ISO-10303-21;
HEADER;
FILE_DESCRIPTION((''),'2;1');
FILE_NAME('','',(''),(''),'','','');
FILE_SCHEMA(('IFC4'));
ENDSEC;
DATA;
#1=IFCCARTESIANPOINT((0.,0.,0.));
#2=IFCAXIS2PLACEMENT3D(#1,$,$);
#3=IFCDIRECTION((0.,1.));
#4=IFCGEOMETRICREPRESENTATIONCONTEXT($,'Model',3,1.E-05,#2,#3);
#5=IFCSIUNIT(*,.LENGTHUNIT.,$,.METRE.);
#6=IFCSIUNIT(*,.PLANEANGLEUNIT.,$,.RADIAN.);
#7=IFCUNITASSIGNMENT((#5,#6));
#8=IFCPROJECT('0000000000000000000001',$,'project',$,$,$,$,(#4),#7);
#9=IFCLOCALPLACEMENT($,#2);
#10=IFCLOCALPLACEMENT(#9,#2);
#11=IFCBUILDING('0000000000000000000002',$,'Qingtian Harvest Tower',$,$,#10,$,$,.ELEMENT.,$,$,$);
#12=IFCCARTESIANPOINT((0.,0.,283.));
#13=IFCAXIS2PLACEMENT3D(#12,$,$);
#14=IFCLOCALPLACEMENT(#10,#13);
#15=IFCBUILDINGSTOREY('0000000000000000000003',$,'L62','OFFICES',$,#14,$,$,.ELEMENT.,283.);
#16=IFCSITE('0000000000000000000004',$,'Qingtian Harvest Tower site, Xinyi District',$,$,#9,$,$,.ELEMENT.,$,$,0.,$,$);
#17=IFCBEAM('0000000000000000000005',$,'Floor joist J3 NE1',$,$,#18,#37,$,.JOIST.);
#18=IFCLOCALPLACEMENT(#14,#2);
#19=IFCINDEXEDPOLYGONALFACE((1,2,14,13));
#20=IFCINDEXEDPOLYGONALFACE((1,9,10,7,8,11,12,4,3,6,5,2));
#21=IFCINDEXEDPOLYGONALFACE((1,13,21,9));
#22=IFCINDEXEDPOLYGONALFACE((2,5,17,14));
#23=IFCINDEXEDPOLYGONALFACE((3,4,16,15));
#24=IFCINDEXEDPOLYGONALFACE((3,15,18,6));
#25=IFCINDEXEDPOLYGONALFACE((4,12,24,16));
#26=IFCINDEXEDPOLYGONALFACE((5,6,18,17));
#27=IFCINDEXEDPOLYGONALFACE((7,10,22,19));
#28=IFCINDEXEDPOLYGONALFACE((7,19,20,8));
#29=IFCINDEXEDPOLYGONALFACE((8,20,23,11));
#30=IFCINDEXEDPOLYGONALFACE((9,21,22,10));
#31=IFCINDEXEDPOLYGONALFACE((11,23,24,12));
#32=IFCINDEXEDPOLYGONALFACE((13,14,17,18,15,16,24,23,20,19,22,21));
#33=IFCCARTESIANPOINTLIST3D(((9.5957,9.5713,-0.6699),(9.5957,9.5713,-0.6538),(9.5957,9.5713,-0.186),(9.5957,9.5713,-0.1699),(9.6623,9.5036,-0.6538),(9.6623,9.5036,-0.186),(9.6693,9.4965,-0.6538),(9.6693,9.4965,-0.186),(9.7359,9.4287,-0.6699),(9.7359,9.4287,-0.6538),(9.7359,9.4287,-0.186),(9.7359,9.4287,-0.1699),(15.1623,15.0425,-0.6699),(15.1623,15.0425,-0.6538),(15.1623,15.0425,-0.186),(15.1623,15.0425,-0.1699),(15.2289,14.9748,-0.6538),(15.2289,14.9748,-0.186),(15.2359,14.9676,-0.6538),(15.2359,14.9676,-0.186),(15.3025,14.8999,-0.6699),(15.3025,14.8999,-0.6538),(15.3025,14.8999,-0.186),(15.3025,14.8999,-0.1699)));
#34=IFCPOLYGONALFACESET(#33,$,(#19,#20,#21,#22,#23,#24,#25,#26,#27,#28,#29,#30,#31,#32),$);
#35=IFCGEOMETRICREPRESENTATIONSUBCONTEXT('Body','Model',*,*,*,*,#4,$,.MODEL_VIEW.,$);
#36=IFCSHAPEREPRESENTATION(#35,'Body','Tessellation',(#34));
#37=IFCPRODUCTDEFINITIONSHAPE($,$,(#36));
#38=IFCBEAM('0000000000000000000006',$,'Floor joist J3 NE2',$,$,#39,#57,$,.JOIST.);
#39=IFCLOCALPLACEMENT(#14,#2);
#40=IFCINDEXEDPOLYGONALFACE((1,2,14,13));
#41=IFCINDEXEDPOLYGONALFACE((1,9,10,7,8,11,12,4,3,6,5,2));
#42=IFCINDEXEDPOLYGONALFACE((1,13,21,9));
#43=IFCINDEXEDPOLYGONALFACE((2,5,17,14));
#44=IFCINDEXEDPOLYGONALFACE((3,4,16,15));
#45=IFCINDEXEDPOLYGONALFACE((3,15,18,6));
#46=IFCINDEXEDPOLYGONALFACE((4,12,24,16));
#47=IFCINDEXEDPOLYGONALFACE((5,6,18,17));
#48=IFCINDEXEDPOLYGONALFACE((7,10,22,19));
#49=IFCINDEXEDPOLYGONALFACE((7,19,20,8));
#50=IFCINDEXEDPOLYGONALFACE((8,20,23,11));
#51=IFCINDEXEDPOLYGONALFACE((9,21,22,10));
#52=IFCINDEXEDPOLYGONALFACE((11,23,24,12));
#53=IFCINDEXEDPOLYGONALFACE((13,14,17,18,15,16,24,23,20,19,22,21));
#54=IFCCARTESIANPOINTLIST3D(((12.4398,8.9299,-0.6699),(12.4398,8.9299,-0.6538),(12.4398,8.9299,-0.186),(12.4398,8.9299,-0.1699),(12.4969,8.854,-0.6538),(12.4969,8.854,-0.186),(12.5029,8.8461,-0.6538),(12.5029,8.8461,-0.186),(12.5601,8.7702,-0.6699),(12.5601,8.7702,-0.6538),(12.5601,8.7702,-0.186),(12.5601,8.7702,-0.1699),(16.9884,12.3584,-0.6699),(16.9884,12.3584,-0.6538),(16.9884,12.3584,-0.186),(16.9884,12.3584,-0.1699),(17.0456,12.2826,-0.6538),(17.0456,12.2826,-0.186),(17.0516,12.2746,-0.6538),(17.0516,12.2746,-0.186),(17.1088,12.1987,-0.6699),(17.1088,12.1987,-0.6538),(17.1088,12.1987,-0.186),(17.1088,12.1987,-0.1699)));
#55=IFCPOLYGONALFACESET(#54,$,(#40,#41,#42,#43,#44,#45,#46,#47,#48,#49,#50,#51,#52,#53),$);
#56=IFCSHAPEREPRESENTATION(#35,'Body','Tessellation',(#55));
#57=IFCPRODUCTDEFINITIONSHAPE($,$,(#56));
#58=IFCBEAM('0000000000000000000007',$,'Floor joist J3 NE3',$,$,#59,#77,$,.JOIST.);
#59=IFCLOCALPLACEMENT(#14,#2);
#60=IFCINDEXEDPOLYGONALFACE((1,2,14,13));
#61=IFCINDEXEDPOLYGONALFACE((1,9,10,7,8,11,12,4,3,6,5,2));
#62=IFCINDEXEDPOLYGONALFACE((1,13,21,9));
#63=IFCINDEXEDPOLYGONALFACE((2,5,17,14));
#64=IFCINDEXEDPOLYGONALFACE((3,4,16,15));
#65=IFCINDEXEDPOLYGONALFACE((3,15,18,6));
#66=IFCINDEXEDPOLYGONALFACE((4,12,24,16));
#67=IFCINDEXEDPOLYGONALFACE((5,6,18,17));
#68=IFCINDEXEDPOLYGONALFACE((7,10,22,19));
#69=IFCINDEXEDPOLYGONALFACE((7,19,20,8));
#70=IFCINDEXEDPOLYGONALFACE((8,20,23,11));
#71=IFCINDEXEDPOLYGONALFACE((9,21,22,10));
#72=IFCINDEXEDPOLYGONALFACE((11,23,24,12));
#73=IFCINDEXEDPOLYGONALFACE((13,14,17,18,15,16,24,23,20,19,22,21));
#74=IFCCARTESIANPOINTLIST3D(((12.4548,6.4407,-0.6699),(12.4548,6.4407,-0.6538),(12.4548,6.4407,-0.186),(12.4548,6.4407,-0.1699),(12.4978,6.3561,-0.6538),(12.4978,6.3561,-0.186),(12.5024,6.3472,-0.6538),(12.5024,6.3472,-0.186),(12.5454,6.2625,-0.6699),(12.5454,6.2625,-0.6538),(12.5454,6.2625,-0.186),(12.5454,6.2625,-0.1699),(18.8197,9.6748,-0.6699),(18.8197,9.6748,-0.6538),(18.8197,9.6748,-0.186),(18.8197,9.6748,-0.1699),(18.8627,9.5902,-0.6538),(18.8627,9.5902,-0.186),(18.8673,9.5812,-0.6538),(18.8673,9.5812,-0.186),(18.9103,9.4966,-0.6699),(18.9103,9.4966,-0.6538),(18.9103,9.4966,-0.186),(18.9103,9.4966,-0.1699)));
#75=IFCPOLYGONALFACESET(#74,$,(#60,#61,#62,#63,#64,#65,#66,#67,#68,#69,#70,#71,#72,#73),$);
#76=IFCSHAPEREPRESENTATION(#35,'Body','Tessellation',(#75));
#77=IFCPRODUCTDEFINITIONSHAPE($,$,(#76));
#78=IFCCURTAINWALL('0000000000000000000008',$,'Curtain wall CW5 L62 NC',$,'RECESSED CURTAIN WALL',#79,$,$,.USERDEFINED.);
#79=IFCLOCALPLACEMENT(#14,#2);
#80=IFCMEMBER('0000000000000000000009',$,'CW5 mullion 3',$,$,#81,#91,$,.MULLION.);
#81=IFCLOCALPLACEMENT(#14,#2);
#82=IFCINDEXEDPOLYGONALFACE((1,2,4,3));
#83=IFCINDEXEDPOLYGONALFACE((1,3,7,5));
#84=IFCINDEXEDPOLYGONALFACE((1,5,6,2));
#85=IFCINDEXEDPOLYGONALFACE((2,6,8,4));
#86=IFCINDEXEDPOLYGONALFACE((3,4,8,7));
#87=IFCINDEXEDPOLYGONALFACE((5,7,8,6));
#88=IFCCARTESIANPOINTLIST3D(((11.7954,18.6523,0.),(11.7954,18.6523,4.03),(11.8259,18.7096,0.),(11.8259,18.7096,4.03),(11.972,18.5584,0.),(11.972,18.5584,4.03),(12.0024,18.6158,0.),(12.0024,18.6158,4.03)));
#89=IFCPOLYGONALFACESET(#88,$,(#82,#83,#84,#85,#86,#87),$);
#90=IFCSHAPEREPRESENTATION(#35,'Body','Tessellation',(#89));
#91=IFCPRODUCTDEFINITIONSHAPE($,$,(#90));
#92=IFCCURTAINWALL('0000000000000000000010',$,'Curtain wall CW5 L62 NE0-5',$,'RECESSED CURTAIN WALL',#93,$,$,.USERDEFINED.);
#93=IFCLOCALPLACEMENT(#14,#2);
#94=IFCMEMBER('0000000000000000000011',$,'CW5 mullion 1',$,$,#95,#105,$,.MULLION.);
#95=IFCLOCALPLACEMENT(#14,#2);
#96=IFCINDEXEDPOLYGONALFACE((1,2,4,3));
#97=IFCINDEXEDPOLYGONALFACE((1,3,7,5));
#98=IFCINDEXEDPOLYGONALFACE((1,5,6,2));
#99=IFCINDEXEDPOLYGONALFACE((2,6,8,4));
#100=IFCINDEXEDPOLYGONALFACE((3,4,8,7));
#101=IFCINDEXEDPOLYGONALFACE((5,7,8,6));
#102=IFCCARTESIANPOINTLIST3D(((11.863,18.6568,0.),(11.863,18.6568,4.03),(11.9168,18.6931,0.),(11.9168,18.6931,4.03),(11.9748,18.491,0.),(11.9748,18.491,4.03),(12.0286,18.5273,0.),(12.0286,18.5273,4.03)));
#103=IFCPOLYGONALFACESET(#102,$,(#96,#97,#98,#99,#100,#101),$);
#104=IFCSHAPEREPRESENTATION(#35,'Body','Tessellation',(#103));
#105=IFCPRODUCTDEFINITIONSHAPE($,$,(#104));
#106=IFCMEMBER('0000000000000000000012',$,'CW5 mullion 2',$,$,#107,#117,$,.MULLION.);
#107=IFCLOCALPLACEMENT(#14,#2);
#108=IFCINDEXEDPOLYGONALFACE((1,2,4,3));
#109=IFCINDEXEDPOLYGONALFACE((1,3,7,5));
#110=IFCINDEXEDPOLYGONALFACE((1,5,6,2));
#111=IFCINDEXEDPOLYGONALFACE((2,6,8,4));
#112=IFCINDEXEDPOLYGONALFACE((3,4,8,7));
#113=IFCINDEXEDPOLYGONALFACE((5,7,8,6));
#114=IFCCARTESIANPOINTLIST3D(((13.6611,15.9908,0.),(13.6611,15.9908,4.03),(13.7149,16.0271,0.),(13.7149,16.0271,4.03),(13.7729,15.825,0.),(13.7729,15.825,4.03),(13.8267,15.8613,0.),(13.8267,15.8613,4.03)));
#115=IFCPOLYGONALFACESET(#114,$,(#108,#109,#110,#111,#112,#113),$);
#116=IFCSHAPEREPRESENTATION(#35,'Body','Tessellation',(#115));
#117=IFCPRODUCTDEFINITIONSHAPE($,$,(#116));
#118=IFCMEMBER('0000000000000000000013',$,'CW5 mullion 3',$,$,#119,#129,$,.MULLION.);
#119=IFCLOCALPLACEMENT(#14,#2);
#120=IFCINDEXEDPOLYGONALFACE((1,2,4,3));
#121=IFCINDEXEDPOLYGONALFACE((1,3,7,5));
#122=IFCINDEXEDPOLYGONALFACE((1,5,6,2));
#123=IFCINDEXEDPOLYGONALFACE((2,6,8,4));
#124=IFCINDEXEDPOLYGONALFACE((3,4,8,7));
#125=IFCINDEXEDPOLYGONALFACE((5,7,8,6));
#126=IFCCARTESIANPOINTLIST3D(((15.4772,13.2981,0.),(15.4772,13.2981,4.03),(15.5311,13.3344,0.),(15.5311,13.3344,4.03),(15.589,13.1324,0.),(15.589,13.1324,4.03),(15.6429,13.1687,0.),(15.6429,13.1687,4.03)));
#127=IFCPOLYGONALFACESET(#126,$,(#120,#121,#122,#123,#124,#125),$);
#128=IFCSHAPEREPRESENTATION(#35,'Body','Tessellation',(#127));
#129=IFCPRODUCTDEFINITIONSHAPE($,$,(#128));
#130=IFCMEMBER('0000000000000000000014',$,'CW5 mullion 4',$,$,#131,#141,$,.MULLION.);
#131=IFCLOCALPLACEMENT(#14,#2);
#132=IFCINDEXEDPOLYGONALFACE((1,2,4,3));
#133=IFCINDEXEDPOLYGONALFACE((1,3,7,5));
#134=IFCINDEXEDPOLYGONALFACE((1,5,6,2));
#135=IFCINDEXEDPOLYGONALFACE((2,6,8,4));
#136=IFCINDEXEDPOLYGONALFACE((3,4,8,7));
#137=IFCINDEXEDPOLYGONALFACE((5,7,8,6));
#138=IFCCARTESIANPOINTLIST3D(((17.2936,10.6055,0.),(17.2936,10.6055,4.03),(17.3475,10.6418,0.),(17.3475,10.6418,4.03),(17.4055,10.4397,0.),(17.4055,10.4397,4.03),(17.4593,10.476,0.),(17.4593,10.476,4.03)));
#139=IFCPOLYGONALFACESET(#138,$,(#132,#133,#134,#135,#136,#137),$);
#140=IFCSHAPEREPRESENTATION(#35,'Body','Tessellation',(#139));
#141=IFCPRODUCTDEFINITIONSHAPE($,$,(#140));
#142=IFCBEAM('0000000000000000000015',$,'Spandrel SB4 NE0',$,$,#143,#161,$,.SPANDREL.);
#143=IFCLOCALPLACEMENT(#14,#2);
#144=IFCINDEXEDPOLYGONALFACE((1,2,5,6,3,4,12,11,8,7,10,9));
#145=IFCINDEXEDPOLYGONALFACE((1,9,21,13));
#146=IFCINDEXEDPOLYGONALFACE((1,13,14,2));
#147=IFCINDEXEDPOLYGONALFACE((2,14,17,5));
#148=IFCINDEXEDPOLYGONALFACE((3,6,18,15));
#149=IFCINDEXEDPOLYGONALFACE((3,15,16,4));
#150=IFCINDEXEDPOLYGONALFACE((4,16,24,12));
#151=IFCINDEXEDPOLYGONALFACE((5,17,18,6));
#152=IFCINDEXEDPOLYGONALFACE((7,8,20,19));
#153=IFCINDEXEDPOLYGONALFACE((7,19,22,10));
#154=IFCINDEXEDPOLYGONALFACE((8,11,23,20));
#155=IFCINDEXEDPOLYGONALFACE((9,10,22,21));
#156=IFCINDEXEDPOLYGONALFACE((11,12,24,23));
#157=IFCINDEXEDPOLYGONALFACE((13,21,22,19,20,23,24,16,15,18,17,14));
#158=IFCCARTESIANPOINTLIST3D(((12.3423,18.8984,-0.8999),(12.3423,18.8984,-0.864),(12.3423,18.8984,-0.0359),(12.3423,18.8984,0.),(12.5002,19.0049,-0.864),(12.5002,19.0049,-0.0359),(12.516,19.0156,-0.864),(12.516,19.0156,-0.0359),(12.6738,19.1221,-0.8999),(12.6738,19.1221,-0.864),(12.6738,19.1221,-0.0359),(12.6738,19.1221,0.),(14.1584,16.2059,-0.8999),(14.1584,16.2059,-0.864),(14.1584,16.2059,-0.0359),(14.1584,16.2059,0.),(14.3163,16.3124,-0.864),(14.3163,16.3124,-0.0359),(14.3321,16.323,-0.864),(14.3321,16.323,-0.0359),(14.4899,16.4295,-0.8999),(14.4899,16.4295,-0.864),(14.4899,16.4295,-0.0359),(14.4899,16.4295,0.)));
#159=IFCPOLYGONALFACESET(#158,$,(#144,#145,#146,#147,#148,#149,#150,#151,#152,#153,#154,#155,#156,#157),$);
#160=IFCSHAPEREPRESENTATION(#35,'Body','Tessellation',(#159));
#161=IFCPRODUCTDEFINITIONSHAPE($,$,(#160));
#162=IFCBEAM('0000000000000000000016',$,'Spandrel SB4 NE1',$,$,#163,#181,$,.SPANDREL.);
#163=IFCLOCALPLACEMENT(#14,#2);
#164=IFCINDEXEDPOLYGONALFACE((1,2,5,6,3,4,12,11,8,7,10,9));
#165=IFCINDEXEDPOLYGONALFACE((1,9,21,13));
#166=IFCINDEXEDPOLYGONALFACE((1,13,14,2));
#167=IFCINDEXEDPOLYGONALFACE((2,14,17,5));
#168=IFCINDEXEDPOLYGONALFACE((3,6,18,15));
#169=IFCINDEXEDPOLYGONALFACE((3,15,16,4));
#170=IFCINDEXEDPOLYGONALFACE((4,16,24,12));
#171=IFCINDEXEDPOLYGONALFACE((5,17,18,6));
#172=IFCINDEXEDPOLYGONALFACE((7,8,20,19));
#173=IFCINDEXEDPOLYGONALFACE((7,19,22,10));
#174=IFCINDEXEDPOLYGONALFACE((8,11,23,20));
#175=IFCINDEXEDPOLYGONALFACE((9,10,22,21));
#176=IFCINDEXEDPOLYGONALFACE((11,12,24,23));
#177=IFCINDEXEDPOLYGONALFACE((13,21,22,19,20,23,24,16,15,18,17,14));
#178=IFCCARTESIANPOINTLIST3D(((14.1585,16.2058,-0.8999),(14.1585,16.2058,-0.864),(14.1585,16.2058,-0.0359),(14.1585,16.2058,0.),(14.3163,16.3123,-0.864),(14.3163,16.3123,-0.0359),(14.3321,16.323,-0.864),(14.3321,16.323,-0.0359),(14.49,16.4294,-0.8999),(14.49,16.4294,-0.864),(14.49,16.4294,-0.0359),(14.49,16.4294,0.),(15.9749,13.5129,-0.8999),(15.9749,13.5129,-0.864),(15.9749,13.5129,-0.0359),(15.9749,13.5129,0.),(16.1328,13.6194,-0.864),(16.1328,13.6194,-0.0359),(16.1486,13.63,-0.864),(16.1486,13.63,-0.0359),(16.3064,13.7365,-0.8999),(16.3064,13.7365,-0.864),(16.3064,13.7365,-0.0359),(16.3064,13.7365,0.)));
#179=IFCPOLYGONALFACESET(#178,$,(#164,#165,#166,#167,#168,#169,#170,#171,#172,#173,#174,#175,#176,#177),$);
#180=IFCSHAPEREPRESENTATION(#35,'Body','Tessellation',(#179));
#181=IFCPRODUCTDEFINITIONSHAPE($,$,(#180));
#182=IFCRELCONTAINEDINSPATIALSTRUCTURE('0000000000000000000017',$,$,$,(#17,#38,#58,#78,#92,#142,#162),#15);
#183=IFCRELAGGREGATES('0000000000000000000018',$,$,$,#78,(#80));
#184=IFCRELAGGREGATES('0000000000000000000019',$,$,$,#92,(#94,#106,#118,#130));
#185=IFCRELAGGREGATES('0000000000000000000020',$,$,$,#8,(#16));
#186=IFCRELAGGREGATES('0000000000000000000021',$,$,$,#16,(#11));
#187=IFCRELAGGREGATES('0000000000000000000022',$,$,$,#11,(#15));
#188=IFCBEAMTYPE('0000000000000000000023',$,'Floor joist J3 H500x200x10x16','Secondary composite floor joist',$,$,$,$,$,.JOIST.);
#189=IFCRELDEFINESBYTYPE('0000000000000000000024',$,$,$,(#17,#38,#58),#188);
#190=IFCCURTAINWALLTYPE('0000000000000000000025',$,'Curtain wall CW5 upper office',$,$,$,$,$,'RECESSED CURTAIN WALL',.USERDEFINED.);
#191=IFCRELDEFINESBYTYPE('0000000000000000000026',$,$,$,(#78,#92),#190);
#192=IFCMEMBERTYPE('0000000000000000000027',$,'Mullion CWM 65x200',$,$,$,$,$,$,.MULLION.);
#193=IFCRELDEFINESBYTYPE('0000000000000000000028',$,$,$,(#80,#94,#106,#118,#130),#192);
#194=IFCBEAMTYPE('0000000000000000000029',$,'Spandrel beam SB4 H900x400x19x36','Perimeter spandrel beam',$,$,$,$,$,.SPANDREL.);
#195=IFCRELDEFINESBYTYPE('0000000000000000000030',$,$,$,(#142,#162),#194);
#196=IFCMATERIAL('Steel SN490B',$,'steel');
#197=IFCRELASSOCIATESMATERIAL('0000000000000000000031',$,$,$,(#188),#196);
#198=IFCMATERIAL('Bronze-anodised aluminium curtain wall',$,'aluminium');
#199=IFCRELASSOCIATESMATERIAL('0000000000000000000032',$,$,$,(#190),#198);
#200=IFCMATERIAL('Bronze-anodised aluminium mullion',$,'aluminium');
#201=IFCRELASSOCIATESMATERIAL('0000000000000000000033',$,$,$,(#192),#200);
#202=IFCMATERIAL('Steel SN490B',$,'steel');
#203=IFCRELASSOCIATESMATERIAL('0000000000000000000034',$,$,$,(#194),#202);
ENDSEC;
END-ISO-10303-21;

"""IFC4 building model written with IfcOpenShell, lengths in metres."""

from ifc_helpers import new_model, si_unit, direction, frame, origin, origin_2d, place, context, subcontext, project, spatial, rectangle, i_section, extrude, material, material_profile, profile_set, type_object, element, aggregate, save


model = new_model("IFC4")

# Units and contexts
model_context = context("Model", 3, precision=1e-05, world=origin(), true_north=direction((0.0, 1.0)))
body_context = subcontext(model_context, "Body", "Model", "MODEL_VIEW")
ifc_project = project(units=[si_unit("LENGTHUNIT", "METRE"), si_unit("PLANEANGLEUNIT", "RADIAN")], contexts=[model_context])

# Site, building, storey
site_placement = place(None, origin())
site = spatial("IfcSite", under=ifc_project, at=site_placement, Name="Qingtian Harvest Tower site, Xinyi District", CompositionType="ELEMENT", RefElevation=0.0)
building_placement = place(site_placement, origin())
building = spatial("IfcBuilding", under=site, at=building_placement, Name="Qingtian Harvest Tower", CompositionType="ELEMENT")
storey_placement = place(building_placement, frame((0.0, 0.0, 283.0)))
storey = spatial("IfcBuildingStorey", under=building, at=storey_placement, Name="L62", Description="OFFICES", CompositionType="ELEMENT", Elevation=283.0)

# Beams
ifc_material_1 = material(Name="Steel SN490B", Category="steel")
ifc_material_profile_1 = material_profile(ifc_material_1, i_section(OverallWidth=0.2, OverallDepth=0.5, WebThickness=0.01, FlangeThickness=0.0161, at=origin_2d()), Name="H500x200x10x16")
ifc_profile_set_1 = profile_set([ifc_material_profile_1], Name="Steel SN490B")
beam_type_1 = type_object("IfcBeamType", Name="Floor joist J3 H500x200x10x16", Description="Secondary composite floor joist", PredefinedType="JOIST", material=ifc_profile_set_1)
beam_1_placement = place(storey_placement, frame((15.2324, 14.9712, -0.4199), z_axis=(-0.713195, -0.700965, 0.0), x_axis=(0.700965, -0.713195, 0.0)))
element("IfcBeam", 1, at=beam_1_placement, inside=storey, type_object=beam_type_1, Name="Floor joist J3 NE1", PredefinedType="JOIST", context=body_context, shape_type="SweptSolid", body=[
    extrude(i_section(OverallWidth=0.2, OverallDepth=0.5, WebThickness=0.01, FlangeThickness=0.0161, at=origin_2d()), origin(), (0.0, 0.0, 1.0), 7.8052),
])
beam_2_placement = place(storey_placement, frame((17.0486, 12.2786, -0.4199), z_axis=(-0.798563, -0.601912, 0.0), x_axis=(0.601912, -0.798563, 0.0)))
element("IfcBeam", 2, at=beam_2_placement, inside=storey, type_object=beam_type_1, Name="Floor joist J3 NE2", PredefinedType="JOIST", context=body_context, shape_type="SweptSolid", body=[
    extrude(i_section(OverallWidth=0.2, OverallDepth=0.5, WebThickness=0.01, FlangeThickness=0.0161, at=origin_2d()), origin(), (0.0, 0.0, 1.0), 5.696),
])
beam_3_placement = place(storey_placement, frame((18.865, 9.5857, -0.4199), z_axis=(-0.891516, -0.45299, 0.0), x_axis=(0.45299, -0.891516, 0.0)))
element("IfcBeam", 3, at=beam_3_placement, inside=storey, type_object=beam_type_1, Name="Floor joist J3 NE3", PredefinedType="JOIST", context=body_context, shape_type="SweptSolid", body=[
    extrude(i_section(OverallWidth=0.2, OverallDepth=0.5, WebThickness=0.01, FlangeThickness=0.0161, at=origin_2d()), origin(), (0.0, 0.0, 1.0), 7.1394),
])

# Curtain wall, member
ifc_material_2 = material(Name="Bronze-anodised aluminium curtain wall", Category="aluminium")
curtain_wall_type = type_object("IfcCurtainWallType", Name="Curtain wall CW5 upper office", ElementType="RECESSED CURTAIN WALL", PredefinedType="USERDEFINED", material=ifc_material_2)
curtain_wall_1_placement = place(storey_placement, origin())
curtain_wall_1 = element("IfcCurtainWall", 4, at=curtain_wall_1_placement, inside=storey, type_object=curtain_wall_type, Name="Curtain wall CW5 L62 NC", ObjectType="RECESSED CURTAIN WALL", PredefinedType="USERDEFINED")
ifc_material_3 = material(Name="Bronze-anodised aluminium mullion", Category="aluminium")
ifc_material_profile_2 = material_profile(ifc_material_3, rectangle(XDim=0.0649, YDim=0.2, at=origin_2d()), Name="AL 65x200")
ifc_profile_set_2 = profile_set([ifc_material_profile_2], Name="Bronze-anodised aluminium mullion")
member_type_1 = type_object("IfcMemberType", Name="Mullion CWM 65x200", PredefinedType="MULLION", material=ifc_profile_set_2)
member_1_placement = place(storey_placement, frame((11.8989, 18.634, 0.0), z_axis=(0.0, 0.0, 1.0), x_axis=(0.469472, 0.882948, 0.0)))
member_1 = element("IfcMember", 5, at=member_1_placement, type_object=member_type_1, Name="CW5 mullion 3", PredefinedType="MULLION", context=body_context, shape_type="SweptSolid", body=[
    extrude(rectangle(XDim=0.0649, YDim=0.2, at=origin_2d()), origin(), (0.0, 0.0, 1.0), 4.03),
])
aggregate(curtain_wall_1, [member_1])

# Curtain wall, members
curtain_wall_2_placement = place(storey_placement, origin())
curtain_wall_2 = element("IfcCurtainWall", 6, at=curtain_wall_2_placement, inside=storey, type_object=curtain_wall_type, Name="Curtain wall CW5 L62 NE0-5", ObjectType="RECESSED CURTAIN WALL", PredefinedType="USERDEFINED")
member_2_placement = place(storey_placement, frame((11.9458, 18.592, 0.0), z_axis=(0.0, 0.0, 1.0), x_axis=(0.829038, 0.559193, 0.0)))
member_2 = element("IfcMember", 7, at=member_2_placement, type_object=member_type_1, Name="CW5 mullion 1", PredefinedType="MULLION", context=body_context, shape_type="SweptSolid", body=[
    extrude(rectangle(XDim=0.0649, YDim=0.2, at=origin_2d()), origin(), (0.0, 0.0, 1.0), 4.03),
])
member_3_placement = place(storey_placement, frame((13.7439, 15.926, 0.0), z_axis=(0.0, 0.0, 1.0), x_axis=(0.829038, 0.559193, 0.0)))
member_3 = element("IfcMember", 8, at=member_3_placement, type_object=member_type_1, Name="CW5 mullion 2", PredefinedType="MULLION", context=body_context, shape_type="SweptSolid", body=[
    extrude(rectangle(XDim=0.0649, YDim=0.2, at=origin_2d()), origin(), (0.0, 0.0, 1.0), 4.03),
])
member_4_placement = place(storey_placement, frame((15.5601, 13.2334, 0.0), z_axis=(0.0, 0.0, 1.0), x_axis=(0.829038, 0.559193, 0.0)))
member_4 = element("IfcMember", 9, at=member_4_placement, type_object=member_type_1, Name="CW5 mullion 3", PredefinedType="MULLION", context=body_context, shape_type="SweptSolid", body=[
    extrude(rectangle(XDim=0.0649, YDim=0.2, at=origin_2d()), origin(), (0.0, 0.0, 1.0), 4.03),
])
member_5_placement = place(storey_placement, frame((17.3765, 10.5408, 0.0), z_axis=(0.0, 0.0, 1.0), x_axis=(0.829038, 0.559193, 0.0)))
member_5 = element("IfcMember", 10, at=member_5_placement, type_object=member_type_1, Name="CW5 mullion 4", PredefinedType="MULLION", context=body_context, shape_type="SweptSolid", body=[
    extrude(rectangle(XDim=0.0649, YDim=0.2, at=origin_2d()), origin(), (0.0, 0.0, 1.0), 4.03),
])

# Beams
ifc_material_4 = material(Name="Steel SN490B", Category="steel")
ifc_material_profile_3 = material_profile(ifc_material_4, i_section(OverallWidth=0.3999, OverallDepth=0.8999, WebThickness=0.019, FlangeThickness=0.0359, at=origin_2d()), Name="H900x400x19x36")
ifc_profile_set_3 = profile_set([ifc_material_profile_3], Name="Steel SN490B")
beam_type_2 = type_object("IfcBeamType", Name="Spandrel beam SB4 H900x400x19x36", Description="Perimeter spandrel beam", PredefinedType="SPANDREL", material=ifc_profile_set_3)
beam_4_placement = place(storey_placement, frame((12.5081, 19.0103, -0.45), z_axis=(0.559185, -0.829043, 0.0), x_axis=(0.829043, 0.559185, 0.0)))
element("IfcBeam", 11, at=beam_4_placement, inside=storey, type_object=beam_type_2, Name="Spandrel SB4 NE0", PredefinedType="SPANDREL", context=body_context, shape_type="SweptSolid", body=[
    extrude(i_section(OverallWidth=0.3999, OverallDepth=0.8999, WebThickness=0.019, FlangeThickness=0.0359, at=origin_2d()), origin(), (0.0, 0.0, 1.0), 3.2478),
])
beam_5_placement = place(storey_placement, frame((14.3242, 16.3176, -0.45), z_axis=(0.559202, -0.829032, 0.0), x_axis=(0.829032, 0.559202, 0.0)))
element("IfcBeam", 12, at=beam_5_placement, inside=storey, type_object=beam_type_2, Name="Spandrel SB4 NE1", PredefinedType="SPANDREL", context=body_context, shape_type="SweptSolid", body=[
    extrude(i_section(OverallWidth=0.3999, OverallDepth=0.8999, WebThickness=0.019, FlangeThickness=0.0359, at=origin_2d()), origin(), (0.0, 0.0, 1.0), 3.2483),
])

aggregate(curtain_wall_2, [member_2, member_3, member_4, member_5])

save(model, "model.ifc")
